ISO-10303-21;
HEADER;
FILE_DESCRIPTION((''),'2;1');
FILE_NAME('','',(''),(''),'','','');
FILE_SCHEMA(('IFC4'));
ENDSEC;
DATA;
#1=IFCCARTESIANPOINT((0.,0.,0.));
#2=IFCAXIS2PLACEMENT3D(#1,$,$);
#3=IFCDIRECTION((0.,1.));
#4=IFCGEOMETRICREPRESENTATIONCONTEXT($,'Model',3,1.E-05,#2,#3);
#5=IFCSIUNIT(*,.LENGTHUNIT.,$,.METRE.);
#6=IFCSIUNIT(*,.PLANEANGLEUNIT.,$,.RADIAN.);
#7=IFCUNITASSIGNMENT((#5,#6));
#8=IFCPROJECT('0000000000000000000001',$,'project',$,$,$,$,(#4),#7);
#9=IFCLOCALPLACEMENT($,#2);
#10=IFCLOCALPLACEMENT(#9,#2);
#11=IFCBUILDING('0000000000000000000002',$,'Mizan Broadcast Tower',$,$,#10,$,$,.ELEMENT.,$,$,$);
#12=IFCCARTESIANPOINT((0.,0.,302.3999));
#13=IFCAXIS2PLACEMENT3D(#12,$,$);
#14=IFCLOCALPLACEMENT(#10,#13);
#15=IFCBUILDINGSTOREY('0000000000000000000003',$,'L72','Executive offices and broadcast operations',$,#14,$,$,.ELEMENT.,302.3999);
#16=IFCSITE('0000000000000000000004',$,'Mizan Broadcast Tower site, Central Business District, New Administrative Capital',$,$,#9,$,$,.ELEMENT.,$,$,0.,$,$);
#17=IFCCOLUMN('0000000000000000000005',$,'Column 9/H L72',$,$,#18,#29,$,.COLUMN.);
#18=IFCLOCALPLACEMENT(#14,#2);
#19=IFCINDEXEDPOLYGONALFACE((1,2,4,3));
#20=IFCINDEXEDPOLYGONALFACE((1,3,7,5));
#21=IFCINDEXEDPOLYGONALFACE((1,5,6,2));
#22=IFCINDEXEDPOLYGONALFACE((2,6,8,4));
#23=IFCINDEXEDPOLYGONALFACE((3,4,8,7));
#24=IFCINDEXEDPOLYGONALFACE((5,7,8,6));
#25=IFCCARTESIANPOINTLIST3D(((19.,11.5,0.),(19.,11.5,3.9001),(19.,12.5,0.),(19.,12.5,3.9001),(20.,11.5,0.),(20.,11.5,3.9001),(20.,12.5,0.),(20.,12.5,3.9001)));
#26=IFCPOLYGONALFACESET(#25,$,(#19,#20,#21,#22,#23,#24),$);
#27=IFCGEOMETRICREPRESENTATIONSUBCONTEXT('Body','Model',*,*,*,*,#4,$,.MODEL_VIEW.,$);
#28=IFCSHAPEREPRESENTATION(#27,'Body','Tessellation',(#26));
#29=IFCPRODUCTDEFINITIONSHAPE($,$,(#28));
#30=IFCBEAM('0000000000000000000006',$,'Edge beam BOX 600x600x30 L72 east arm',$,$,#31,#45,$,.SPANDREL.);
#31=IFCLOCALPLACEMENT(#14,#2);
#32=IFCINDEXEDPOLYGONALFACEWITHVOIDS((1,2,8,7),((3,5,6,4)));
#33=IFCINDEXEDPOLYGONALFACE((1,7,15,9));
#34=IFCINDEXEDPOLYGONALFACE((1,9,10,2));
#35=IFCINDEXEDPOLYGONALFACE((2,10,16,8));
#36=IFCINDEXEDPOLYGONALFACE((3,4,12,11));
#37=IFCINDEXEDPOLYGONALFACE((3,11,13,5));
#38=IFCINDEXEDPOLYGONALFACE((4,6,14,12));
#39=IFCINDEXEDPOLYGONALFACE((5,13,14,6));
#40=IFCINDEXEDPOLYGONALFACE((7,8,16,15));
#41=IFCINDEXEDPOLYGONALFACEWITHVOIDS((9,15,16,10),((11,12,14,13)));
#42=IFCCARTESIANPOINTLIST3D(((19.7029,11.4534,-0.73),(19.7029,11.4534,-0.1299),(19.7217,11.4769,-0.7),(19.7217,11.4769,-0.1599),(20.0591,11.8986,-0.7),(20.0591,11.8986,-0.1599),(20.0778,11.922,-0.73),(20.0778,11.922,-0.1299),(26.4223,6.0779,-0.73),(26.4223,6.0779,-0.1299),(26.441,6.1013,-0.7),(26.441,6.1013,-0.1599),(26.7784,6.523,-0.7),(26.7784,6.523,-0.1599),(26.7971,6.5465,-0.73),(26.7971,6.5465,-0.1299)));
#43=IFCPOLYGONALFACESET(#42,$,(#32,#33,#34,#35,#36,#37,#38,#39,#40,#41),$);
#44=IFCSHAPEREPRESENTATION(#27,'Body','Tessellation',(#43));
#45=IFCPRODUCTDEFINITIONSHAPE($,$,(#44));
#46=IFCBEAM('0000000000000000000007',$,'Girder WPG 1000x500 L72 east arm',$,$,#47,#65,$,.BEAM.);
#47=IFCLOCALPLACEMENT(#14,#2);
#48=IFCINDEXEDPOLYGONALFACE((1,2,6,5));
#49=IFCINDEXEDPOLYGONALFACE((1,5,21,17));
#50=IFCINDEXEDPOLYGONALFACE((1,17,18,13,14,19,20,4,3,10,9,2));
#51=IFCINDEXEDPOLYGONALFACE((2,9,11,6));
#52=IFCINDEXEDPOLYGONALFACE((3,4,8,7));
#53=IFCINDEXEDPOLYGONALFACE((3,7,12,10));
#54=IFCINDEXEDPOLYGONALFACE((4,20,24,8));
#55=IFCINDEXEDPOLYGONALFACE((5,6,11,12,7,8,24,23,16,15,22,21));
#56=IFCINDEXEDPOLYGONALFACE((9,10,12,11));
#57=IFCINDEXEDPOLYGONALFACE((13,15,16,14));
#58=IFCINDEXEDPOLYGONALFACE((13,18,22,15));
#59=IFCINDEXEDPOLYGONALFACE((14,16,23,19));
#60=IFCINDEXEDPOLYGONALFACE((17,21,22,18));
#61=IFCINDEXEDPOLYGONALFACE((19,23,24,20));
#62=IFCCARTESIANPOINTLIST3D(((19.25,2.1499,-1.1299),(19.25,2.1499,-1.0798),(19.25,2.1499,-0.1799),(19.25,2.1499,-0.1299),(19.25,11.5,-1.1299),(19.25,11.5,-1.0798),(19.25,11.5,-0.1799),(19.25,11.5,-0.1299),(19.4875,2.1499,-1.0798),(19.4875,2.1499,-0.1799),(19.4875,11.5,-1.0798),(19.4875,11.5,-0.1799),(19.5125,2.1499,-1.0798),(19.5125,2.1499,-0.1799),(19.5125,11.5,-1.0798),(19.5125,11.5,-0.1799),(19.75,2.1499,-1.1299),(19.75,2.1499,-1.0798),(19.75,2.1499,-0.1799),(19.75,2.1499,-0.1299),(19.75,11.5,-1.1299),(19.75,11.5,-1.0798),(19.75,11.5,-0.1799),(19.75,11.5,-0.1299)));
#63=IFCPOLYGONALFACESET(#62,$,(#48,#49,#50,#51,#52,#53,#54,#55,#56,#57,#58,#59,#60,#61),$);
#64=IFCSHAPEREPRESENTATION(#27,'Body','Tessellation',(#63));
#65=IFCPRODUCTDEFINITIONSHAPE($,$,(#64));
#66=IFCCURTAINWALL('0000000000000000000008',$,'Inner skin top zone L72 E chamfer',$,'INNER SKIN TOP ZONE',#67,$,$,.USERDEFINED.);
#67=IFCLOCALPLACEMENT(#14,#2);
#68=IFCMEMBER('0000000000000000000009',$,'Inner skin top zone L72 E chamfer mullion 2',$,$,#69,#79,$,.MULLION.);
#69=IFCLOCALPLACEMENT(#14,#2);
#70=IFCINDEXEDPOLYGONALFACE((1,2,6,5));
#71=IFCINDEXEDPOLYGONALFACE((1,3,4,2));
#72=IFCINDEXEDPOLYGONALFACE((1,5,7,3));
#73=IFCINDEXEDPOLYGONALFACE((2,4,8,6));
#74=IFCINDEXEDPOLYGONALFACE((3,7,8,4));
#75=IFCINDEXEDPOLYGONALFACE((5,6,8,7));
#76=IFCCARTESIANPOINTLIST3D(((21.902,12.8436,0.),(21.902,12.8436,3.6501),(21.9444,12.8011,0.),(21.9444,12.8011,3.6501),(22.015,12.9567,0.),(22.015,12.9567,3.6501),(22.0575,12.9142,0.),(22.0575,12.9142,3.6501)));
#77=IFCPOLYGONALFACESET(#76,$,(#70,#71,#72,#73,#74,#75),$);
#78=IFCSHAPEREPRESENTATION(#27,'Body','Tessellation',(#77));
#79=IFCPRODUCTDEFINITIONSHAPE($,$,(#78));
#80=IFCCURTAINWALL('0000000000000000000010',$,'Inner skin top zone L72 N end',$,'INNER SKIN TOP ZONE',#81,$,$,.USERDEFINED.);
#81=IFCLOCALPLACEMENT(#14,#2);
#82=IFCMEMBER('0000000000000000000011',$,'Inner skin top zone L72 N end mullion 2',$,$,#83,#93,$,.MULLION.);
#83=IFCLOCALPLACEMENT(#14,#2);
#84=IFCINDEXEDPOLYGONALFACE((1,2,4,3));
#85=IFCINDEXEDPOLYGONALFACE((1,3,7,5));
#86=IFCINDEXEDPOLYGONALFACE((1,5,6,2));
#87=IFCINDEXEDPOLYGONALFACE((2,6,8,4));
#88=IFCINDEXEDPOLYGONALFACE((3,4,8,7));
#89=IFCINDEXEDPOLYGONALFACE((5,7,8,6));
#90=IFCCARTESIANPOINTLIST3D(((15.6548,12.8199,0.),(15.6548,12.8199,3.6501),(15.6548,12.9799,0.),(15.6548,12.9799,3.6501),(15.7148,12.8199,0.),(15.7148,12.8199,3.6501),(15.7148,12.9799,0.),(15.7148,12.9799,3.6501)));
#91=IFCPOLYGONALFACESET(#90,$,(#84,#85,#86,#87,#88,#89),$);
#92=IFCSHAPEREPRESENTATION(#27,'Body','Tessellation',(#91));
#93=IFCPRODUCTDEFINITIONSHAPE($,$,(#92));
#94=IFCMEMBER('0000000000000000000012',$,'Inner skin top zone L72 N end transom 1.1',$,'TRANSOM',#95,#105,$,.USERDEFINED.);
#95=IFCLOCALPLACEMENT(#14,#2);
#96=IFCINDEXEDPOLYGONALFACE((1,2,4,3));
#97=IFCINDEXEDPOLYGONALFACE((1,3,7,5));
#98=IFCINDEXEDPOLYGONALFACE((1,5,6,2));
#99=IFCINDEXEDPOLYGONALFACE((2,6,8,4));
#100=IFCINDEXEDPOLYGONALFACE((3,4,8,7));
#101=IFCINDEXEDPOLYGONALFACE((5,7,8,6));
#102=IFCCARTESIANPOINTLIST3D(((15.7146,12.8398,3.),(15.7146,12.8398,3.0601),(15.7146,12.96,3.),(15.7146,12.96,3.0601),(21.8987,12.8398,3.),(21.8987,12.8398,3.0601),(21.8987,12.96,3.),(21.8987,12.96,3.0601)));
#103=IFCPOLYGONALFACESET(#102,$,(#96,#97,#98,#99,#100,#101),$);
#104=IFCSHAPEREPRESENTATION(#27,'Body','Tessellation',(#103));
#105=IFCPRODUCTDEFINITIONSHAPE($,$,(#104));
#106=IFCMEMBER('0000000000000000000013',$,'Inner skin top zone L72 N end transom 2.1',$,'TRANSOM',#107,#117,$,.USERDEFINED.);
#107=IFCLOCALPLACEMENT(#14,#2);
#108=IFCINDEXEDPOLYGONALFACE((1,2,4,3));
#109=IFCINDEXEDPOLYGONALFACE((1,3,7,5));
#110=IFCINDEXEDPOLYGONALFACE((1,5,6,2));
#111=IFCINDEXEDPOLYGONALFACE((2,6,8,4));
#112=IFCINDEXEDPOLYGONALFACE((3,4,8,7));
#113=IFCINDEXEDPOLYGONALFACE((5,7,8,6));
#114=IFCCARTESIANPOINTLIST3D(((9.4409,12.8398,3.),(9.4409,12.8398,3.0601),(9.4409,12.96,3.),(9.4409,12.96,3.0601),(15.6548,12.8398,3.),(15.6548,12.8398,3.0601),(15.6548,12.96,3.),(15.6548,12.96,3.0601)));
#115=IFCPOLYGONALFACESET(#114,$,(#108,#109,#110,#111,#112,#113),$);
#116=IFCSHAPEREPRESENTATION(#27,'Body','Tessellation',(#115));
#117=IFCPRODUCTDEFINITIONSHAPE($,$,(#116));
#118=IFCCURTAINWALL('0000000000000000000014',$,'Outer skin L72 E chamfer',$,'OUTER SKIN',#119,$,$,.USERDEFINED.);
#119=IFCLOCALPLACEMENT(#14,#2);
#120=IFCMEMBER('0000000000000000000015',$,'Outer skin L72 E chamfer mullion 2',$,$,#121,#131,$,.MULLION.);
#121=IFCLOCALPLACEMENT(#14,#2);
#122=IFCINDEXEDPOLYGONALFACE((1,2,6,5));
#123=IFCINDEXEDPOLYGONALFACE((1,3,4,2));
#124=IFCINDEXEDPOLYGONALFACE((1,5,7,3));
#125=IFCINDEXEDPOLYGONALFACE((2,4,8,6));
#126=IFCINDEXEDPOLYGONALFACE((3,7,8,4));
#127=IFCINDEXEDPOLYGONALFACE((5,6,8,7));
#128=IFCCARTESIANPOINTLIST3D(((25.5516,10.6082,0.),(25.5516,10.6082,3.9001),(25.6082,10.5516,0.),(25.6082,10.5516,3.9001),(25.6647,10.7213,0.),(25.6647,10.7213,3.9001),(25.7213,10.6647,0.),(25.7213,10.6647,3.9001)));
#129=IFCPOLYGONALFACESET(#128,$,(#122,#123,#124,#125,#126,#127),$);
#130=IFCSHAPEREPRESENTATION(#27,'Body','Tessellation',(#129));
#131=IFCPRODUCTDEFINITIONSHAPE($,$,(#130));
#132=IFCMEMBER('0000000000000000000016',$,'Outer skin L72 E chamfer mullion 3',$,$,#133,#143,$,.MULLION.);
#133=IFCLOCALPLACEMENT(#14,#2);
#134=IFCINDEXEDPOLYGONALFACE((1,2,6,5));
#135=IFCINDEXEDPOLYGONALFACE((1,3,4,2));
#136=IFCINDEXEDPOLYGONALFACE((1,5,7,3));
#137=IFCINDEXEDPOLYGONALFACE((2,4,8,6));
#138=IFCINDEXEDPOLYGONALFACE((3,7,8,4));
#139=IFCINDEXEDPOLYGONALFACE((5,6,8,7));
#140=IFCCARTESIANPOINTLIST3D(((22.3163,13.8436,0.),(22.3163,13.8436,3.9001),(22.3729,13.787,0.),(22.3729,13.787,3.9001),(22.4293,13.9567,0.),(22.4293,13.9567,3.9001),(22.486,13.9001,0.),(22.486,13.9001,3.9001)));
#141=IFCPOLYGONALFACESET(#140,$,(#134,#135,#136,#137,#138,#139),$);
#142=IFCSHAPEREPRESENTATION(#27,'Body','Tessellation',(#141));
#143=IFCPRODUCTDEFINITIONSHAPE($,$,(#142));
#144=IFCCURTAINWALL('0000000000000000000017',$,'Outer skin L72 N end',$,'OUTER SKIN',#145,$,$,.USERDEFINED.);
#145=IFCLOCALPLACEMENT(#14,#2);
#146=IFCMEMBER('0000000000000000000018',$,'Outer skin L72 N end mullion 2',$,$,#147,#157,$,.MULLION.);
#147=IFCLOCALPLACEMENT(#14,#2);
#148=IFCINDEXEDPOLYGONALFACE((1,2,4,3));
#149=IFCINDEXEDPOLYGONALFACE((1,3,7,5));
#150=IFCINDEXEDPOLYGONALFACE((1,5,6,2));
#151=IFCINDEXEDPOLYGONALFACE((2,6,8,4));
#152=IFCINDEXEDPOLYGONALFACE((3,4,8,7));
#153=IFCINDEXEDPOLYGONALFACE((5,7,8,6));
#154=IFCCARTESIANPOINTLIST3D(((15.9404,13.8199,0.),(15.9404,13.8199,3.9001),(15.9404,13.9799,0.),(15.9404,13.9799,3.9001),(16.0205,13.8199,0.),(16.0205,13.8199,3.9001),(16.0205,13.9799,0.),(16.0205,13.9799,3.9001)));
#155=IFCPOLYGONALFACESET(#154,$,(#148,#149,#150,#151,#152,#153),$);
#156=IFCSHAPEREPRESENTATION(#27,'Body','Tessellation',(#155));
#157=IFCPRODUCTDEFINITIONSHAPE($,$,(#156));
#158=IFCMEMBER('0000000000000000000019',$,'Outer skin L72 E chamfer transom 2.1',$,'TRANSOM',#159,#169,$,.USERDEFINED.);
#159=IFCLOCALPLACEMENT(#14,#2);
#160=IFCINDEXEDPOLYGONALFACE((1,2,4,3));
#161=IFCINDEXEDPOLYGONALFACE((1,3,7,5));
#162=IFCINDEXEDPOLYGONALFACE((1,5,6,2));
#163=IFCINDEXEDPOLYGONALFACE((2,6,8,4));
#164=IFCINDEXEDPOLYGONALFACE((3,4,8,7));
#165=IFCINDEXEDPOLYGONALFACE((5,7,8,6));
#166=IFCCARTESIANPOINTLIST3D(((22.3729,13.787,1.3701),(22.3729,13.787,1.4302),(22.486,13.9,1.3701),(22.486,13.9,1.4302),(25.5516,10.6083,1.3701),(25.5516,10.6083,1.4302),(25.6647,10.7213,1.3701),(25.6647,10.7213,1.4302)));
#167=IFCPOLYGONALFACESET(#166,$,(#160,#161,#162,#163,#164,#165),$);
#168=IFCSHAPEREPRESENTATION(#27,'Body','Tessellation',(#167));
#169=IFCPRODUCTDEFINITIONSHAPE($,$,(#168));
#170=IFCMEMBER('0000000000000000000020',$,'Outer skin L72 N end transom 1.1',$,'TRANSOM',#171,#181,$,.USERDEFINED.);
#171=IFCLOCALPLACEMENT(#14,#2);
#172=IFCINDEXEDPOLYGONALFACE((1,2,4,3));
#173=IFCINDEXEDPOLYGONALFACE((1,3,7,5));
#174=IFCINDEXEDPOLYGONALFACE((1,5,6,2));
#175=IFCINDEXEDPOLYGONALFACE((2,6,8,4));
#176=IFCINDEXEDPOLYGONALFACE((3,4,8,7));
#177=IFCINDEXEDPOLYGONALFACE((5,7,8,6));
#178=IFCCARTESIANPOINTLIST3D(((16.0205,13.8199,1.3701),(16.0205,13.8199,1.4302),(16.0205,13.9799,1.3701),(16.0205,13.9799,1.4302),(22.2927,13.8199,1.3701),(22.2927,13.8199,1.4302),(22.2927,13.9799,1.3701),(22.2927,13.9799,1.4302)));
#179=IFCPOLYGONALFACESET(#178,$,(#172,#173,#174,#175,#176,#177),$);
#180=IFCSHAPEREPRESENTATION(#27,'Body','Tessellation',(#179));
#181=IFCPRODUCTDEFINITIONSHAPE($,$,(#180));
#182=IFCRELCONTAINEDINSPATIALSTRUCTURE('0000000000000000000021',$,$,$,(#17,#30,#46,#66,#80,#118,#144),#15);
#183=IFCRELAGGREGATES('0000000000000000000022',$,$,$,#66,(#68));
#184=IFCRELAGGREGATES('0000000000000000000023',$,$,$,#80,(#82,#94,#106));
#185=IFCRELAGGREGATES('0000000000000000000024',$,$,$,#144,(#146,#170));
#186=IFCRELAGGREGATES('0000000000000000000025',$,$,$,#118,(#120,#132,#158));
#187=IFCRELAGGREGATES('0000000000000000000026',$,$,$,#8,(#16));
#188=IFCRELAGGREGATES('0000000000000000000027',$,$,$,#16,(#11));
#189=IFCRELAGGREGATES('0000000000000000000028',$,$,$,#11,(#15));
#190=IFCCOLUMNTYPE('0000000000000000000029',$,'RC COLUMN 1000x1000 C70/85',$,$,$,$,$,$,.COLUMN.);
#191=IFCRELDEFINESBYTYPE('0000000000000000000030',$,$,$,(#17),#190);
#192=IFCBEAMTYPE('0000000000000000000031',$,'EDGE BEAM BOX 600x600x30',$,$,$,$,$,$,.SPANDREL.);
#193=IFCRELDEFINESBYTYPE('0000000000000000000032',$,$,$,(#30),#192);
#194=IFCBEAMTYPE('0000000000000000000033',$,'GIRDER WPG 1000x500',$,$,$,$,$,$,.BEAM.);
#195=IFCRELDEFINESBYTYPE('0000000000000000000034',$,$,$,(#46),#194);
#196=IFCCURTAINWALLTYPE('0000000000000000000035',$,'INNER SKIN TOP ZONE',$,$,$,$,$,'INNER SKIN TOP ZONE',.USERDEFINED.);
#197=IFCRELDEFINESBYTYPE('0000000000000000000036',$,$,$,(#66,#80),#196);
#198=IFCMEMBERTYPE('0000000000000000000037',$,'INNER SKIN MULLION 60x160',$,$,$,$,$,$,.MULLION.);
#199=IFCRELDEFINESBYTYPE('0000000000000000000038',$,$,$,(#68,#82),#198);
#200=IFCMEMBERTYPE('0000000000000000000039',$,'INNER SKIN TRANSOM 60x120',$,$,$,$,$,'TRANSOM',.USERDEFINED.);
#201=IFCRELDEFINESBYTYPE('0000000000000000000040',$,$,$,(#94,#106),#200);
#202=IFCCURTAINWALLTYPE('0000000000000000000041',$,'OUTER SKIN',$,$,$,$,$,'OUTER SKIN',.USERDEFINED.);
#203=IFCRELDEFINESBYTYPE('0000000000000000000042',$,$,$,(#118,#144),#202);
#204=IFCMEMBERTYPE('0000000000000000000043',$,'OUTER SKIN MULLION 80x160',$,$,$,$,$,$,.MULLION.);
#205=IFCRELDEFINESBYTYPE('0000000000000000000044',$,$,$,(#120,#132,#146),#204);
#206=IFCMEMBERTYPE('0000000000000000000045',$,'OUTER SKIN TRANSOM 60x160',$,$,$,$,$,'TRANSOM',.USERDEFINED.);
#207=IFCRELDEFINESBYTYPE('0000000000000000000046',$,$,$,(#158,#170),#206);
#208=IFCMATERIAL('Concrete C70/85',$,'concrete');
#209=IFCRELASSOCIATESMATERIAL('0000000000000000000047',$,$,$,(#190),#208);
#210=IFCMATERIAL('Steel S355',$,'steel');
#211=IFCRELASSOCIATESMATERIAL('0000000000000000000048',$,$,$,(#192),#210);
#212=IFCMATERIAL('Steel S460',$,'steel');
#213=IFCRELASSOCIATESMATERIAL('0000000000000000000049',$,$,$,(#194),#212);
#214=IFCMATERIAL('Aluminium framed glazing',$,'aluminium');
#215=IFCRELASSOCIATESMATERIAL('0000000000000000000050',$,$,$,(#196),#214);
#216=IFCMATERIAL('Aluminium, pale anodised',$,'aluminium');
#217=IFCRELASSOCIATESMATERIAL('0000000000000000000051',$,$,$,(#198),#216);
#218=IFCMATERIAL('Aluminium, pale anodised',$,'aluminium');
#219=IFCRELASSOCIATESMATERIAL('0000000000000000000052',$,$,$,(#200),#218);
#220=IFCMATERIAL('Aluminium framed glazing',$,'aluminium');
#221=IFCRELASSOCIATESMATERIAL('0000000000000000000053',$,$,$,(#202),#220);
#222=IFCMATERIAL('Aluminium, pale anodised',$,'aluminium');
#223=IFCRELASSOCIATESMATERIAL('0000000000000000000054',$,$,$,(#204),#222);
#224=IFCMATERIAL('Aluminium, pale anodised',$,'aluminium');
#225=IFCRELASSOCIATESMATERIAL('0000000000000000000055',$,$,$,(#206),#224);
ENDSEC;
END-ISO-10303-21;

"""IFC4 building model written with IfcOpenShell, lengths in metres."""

from ifc_helpers import new_model, si_unit, direction, frame, origin, origin_2d, place, context, subcontext, project, spatial, rectangle, hollow_rectangle, i_section, extrude, material, material_profile, profile_set, type_object, element, aggregate, save


model = new_model("IFC4")

# Units and contexts
model_context = context("Model", 3, precision=1e-05, world=origin(), true_north=direction((0.0, 1.0)))
body_context = subcontext(model_context, "Body", "Model", "MODEL_VIEW")
ifc_project = project(units=[si_unit("LENGTHUNIT", "METRE"), si_unit("PLANEANGLEUNIT", "RADIAN")], contexts=[model_context])

# Site, building, storey
site_placement = place(None, origin())
site = spatial("IfcSite", under=ifc_project, at=site_placement, Name="Mizan Broadcast Tower site, Central Business District, New Administrative Capital", CompositionType="ELEMENT", RefElevation=0.0)
building_placement = place(site_placement, origin())
building = spatial("IfcBuilding", under=site, at=building_placement, Name="Mizan Broadcast Tower", CompositionType="ELEMENT")
storey_placement = place(building_placement, frame((0.0, 0.0, 302.3999)))
storey = spatial("IfcBuildingStorey", under=building, at=storey_placement, Name="L72", Description="Executive offices and broadcast operations", CompositionType="ELEMENT", Elevation=302.3999)

# Column
ifc_material_1 = material(Name="Concrete C70/85", Category="concrete")
ifc_material_profile_1 = material_profile(ifc_material_1, rectangle(XDim=1.0, YDim=1.0, at=origin_2d()), Name="RC 1000x1000")
ifc_profile_set_1 = profile_set([ifc_material_profile_1], Name="Concrete C70/85")
column_type = type_object("IfcColumnType", Name="RC COLUMN 1000x1000 C70/85", PredefinedType="COLUMN", material=ifc_profile_set_1)
column_placement = place(storey_placement, frame((19.5, 12.0, 0.0), z_axis=(0.0, 0.0, 1.0), x_axis=(1.0, 0.0, 0.0)))
element("IfcColumn", 1, at=column_placement, inside=storey, type_object=column_type, Name="Column 9/H L72", PredefinedType="COLUMN", context=body_context, shape_type="SweptSolid", body=[
    extrude(rectangle(XDim=1.0, YDim=1.0, at=origin_2d()), origin(), (0.0, 0.0, 1.0), 3.9001),
])

# Beams
ifc_material_2 = material(Name="Steel S355", Category="steel")
ifc_material_profile_2 = material_profile(ifc_material_2, hollow_rectangle(XDim=0.6001, YDim=0.6001, WallThickness=0.03, at=origin_2d()), Name="BOX 600x600x30")
ifc_profile_set_2 = profile_set([ifc_material_profile_2], Name="Steel S355")
beam_type_1 = type_object("IfcBeamType", Name="EDGE BEAM BOX 600x600x30", PredefinedType="SPANDREL", material=ifc_profile_set_2)
beam_1_placement = place(storey_placement, frame((19.8904, 11.6877, -0.4299), z_axis=(0.780863, -0.624702, 0.0), x_axis=(0.624702, 0.780863, 0.0)))
element("IfcBeam", 2, at=beam_1_placement, inside=storey, type_object=beam_type_1, Name="Edge beam BOX 600x600x30 L72 east arm", PredefinedType="SPANDREL", context=body_context, shape_type="SweptSolid", body=[
    extrude(hollow_rectangle(XDim=0.6001, YDim=0.6001, WallThickness=0.03, at=origin_2d()), origin(), (0.0, 0.0, 1.0), 8.605),
])
ifc_material_3 = material(Name="Steel S460", Category="steel")
ifc_material_profile_3 = material_profile(ifc_material_3, i_section(OverallWidth=0.5, OverallDepth=1.0, WebThickness=0.0249, FlangeThickness=0.05, at=origin_2d()), Name="WPG 1000x500")
ifc_profile_set_3 = profile_set([ifc_material_profile_3], Name="Steel S460")
beam_type_2 = type_object("IfcBeamType", Name="GIRDER WPG 1000x500", PredefinedType="BEAM", material=ifc_profile_set_3)
beam_2_placement = place(storey_placement, frame((19.5, 11.5, -0.6299), z_axis=(0.0, -1.0, 0.0), x_axis=(1.0, 0.0, 0.0)))
element("IfcBeam", 3, at=beam_2_placement, inside=storey, type_object=beam_type_2, Name="Girder WPG 1000x500 L72 east arm", PredefinedType="BEAM", context=body_context, shape_type="SweptSolid", body=[
    extrude(i_section(OverallWidth=0.5, OverallDepth=1.0, WebThickness=0.0249, FlangeThickness=0.05, at=origin_2d()), origin(), (0.0, 0.0, 1.0), 9.3501),
])

# Curtain wall, member
ifc_material_4 = material(Name="Aluminium framed glazing", Category="aluminium")
curtain_wall_type_1 = type_object("IfcCurtainWallType", Name="INNER SKIN TOP ZONE", ElementType="INNER SKIN TOP ZONE", PredefinedType="USERDEFINED", material=ifc_material_4)
curtain_wall_1_placement = place(storey_placement, origin())
curtain_wall_1 = element("IfcCurtainWall", 4, at=curtain_wall_1_placement, inside=storey, type_object=curtain_wall_type_1, Name="Inner skin top zone L72 E chamfer", ObjectType="INNER SKIN TOP ZONE", PredefinedType="USERDEFINED")
ifc_material_5 = material(Name="Aluminium, pale anodised", Category="aluminium")
ifc_material_profile_4 = material_profile(ifc_material_5, rectangle(XDim=0.1599, YDim=0.0601, at=origin_2d()), Name="MULLION 160x60")
ifc_profile_set_4 = profile_set([ifc_material_profile_4], Name="Aluminium, pale anodised")
member_type_1 = type_object("IfcMemberType", Name="INNER SKIN MULLION 60x160", PredefinedType="MULLION", material=ifc_profile_set_4)
member_1_placement = place(storey_placement, frame((21.9797, 12.8789, 0.0), z_axis=(0.0, 0.0, 1.0), x_axis=(-0.707107, -0.707107, 0.0)))
member_1 = element("IfcMember", 5, at=member_1_placement, type_object=member_type_1, Name="Inner skin top zone L72 E chamfer mullion 2", PredefinedType="MULLION", context=body_context, shape_type="SweptSolid", body=[
    extrude(rectangle(XDim=0.1599, YDim=0.0601, at=origin_2d()), origin(), (0.0, 0.0, 1.0), 3.6501),
])

# Curtain walls, members
curtain_wall_2_placement = place(storey_placement, origin())
curtain_wall_2 = element("IfcCurtainWall", 6, at=curtain_wall_2_placement, inside=storey, type_object=curtain_wall_type_1, Name="Inner skin top zone L72 N end", ObjectType="INNER SKIN TOP ZONE", PredefinedType="USERDEFINED")
member_2_placement = place(storey_placement, frame((15.6848, 12.8999, 0.0), z_axis=(0.0, 0.0, 1.0), x_axis=(0.0, -1.0, 0.0)))
member_2 = element("IfcMember", 7, at=member_2_placement, type_object=member_type_1, Name="Inner skin top zone L72 N end mullion 2", PredefinedType="MULLION", context=body_context, shape_type="SweptSolid", body=[
    extrude(rectangle(XDim=0.1599, YDim=0.0601, at=origin_2d()), origin(), (0.0, 0.0, 1.0), 3.6501),
])
ifc_material_6 = material(Name="Aluminium, pale anodised", Category="aluminium")
ifc_material_profile_5 = material_profile(ifc_material_6, rectangle(XDim=0.1201, YDim=0.0601, at=origin_2d()), Name="TRANSOM 120x60")
ifc_profile_set_5 = profile_set([ifc_material_profile_5], Name="Aluminium, pale anodised")
member_type_2 = type_object("IfcMemberType", Name="INNER SKIN TRANSOM 60x120", ElementType="TRANSOM", PredefinedType="USERDEFINED", material=ifc_profile_set_5)
member_3_placement = place(storey_placement, frame((21.8987, 12.8999, 3.03), z_axis=(-1.0, 0.0, 0.0), x_axis=(0.0, -1.0, 0.0)))
member_3 = element("IfcMember", 8, at=member_3_placement, type_object=member_type_2, Name="Inner skin top zone L72 N end transom 1.1", ObjectType="TRANSOM", PredefinedType="USERDEFINED", context=body_context, shape_type="SweptSolid", body=[
    extrude(rectangle(XDim=0.1201, YDim=0.0601, at=origin_2d()), origin(), (0.0, 0.0, 1.0), 6.1841),
])
member_4_placement = place(storey_placement, frame((15.6548, 12.8999, 3.03), z_axis=(-1.0, 0.0, 0.0), x_axis=(0.0, -1.0, 0.0)))
member_4 = element("IfcMember", 9, at=member_4_placement, type_object=member_type_2, Name="Inner skin top zone L72 N end transom 2.1", ObjectType="TRANSOM", PredefinedType="USERDEFINED", context=body_context, shape_type="SweptSolid", body=[
    extrude(rectangle(XDim=0.1201, YDim=0.0601, at=origin_2d()), origin(), (0.0, 0.0, 1.0), 6.2139),
])
ifc_material_7 = material(Name="Aluminium framed glazing", Category="aluminium")
curtain_wall_type_2 = type_object("IfcCurtainWallType", Name="OUTER SKIN", ElementType="OUTER SKIN", PredefinedType="USERDEFINED", material=ifc_material_7)
curtain_wall_3_placement = place(storey_placement, origin())
curtain_wall_3 = element("IfcCurtainWall", 10, at=curtain_wall_3_placement, inside=storey, type_object=curtain_wall_type_2, Name="Outer skin L72 E chamfer", ObjectType="OUTER SKIN", PredefinedType="USERDEFINED")
ifc_material_8 = material(Name="Aluminium, pale anodised", Category="aluminium")
ifc_material_profile_6 = material_profile(ifc_material_8, rectangle(XDim=0.1599, YDim=0.0801, at=origin_2d()), Name="MULLION 160x80")
ifc_profile_set_6 = profile_set([ifc_material_profile_6], Name="Aluminium, pale anodised")
member_type_3 = type_object("IfcMemberType", Name="OUTER SKIN MULLION 80x160", PredefinedType="MULLION", material=ifc_profile_set_6)
member_5_placement = place(storey_placement, frame((25.6365, 10.6365, 0.0), z_axis=(0.0, 0.0, 1.0), x_axis=(-0.707107, -0.707107, 0.0)))
member_5 = element("IfcMember", 11, at=member_5_placement, type_object=member_type_3, Name="Outer skin L72 E chamfer mullion 2", PredefinedType="MULLION", context=body_context, shape_type="SweptSolid", body=[
    extrude(rectangle(XDim=0.1599, YDim=0.0801, at=origin_2d()), origin(), (0.0, 0.0, 1.0), 3.9001),
])
member_6_placement = place(storey_placement, frame((22.4011, 13.8718, 0.0), z_axis=(0.0, 0.0, 1.0), x_axis=(-0.707107, -0.707107, 0.0)))
member_6 = element("IfcMember", 12, at=member_6_placement, type_object=member_type_3, Name="Outer skin L72 E chamfer mullion 3", PredefinedType="MULLION", context=body_context, shape_type="SweptSolid", body=[
    extrude(rectangle(XDim=0.1599, YDim=0.0801, at=origin_2d()), origin(), (0.0, 0.0, 1.0), 3.9001),
])

# Curtain wall, member
curtain_wall_4_placement = place(storey_placement, origin())
curtain_wall_4 = element("IfcCurtainWall", 13, at=curtain_wall_4_placement, inside=storey, type_object=curtain_wall_type_2, Name="Outer skin L72 N end", ObjectType="OUTER SKIN", PredefinedType="USERDEFINED")
member_7_placement = place(storey_placement, frame((15.9805, 13.8999, 0.0), z_axis=(0.0, 0.0, 1.0), x_axis=(0.0, -1.0, 0.0)))
member_7 = element("IfcMember", 14, at=member_7_placement, type_object=member_type_3, Name="Outer skin L72 N end mullion 2", PredefinedType="MULLION", context=body_context, shape_type="SweptSolid", body=[
    extrude(rectangle(XDim=0.1599, YDim=0.0801, at=origin_2d()), origin(), (0.0, 0.0, 1.0), 3.9001),
])

# Members
ifc_material_9 = material(Name="Aluminium, pale anodised", Category="aluminium")
ifc_material_profile_7 = material_profile(ifc_material_9, rectangle(XDim=0.1599, YDim=0.0601, at=origin_2d()), Name="TRANSOM 160x60")
ifc_profile_set_7 = profile_set([ifc_material_profile_7], Name="Aluminium, pale anodised")
member_type_4 = type_object("IfcMemberType", Name="OUTER SKIN TRANSOM 60x160", ElementType="TRANSOM", PredefinedType="USERDEFINED", material=ifc_profile_set_7)
member_8_placement = place(storey_placement, frame((25.6082, 10.6648, 1.4001), z_axis=(-0.707107, 0.707107, 0.0), x_axis=(-0.707107, -0.707107, 0.0)))
member_8 = element("IfcMember", 15, at=member_8_placement, type_object=member_type_4, Name="Outer skin L72 E chamfer transom 2.1", ObjectType="TRANSOM", PredefinedType="USERDEFINED", context=body_context, shape_type="SweptSolid", body=[
    extrude(rectangle(XDim=0.1599, YDim=0.0601, at=origin_2d()), origin(), (0.0, 0.0, 1.0), 4.4954),
])
member_9_placement = place(storey_placement, frame((22.2927, 13.8999, 1.4001), z_axis=(-1.0, 0.0, 0.0), x_axis=(0.0, -1.0, 0.0)))
member_9 = element("IfcMember", 16, at=member_9_placement, type_object=member_type_4, Name="Outer skin L72 N end transom 1.1", ObjectType="TRANSOM", PredefinedType="USERDEFINED", context=body_context, shape_type="SweptSolid", body=[
    extrude(rectangle(XDim=0.1599, YDim=0.0601, at=origin_2d()), origin(), (0.0, 0.0, 1.0), 6.2722),
])

aggregate(curtain_wall_1, [member_1])
aggregate(curtain_wall_2, [member_2, member_3, member_4])
aggregate(curtain_wall_4, [member_7, member_9])
aggregate(curtain_wall_3, [member_5, member_6, member_8])

save(model, "model.ifc")
